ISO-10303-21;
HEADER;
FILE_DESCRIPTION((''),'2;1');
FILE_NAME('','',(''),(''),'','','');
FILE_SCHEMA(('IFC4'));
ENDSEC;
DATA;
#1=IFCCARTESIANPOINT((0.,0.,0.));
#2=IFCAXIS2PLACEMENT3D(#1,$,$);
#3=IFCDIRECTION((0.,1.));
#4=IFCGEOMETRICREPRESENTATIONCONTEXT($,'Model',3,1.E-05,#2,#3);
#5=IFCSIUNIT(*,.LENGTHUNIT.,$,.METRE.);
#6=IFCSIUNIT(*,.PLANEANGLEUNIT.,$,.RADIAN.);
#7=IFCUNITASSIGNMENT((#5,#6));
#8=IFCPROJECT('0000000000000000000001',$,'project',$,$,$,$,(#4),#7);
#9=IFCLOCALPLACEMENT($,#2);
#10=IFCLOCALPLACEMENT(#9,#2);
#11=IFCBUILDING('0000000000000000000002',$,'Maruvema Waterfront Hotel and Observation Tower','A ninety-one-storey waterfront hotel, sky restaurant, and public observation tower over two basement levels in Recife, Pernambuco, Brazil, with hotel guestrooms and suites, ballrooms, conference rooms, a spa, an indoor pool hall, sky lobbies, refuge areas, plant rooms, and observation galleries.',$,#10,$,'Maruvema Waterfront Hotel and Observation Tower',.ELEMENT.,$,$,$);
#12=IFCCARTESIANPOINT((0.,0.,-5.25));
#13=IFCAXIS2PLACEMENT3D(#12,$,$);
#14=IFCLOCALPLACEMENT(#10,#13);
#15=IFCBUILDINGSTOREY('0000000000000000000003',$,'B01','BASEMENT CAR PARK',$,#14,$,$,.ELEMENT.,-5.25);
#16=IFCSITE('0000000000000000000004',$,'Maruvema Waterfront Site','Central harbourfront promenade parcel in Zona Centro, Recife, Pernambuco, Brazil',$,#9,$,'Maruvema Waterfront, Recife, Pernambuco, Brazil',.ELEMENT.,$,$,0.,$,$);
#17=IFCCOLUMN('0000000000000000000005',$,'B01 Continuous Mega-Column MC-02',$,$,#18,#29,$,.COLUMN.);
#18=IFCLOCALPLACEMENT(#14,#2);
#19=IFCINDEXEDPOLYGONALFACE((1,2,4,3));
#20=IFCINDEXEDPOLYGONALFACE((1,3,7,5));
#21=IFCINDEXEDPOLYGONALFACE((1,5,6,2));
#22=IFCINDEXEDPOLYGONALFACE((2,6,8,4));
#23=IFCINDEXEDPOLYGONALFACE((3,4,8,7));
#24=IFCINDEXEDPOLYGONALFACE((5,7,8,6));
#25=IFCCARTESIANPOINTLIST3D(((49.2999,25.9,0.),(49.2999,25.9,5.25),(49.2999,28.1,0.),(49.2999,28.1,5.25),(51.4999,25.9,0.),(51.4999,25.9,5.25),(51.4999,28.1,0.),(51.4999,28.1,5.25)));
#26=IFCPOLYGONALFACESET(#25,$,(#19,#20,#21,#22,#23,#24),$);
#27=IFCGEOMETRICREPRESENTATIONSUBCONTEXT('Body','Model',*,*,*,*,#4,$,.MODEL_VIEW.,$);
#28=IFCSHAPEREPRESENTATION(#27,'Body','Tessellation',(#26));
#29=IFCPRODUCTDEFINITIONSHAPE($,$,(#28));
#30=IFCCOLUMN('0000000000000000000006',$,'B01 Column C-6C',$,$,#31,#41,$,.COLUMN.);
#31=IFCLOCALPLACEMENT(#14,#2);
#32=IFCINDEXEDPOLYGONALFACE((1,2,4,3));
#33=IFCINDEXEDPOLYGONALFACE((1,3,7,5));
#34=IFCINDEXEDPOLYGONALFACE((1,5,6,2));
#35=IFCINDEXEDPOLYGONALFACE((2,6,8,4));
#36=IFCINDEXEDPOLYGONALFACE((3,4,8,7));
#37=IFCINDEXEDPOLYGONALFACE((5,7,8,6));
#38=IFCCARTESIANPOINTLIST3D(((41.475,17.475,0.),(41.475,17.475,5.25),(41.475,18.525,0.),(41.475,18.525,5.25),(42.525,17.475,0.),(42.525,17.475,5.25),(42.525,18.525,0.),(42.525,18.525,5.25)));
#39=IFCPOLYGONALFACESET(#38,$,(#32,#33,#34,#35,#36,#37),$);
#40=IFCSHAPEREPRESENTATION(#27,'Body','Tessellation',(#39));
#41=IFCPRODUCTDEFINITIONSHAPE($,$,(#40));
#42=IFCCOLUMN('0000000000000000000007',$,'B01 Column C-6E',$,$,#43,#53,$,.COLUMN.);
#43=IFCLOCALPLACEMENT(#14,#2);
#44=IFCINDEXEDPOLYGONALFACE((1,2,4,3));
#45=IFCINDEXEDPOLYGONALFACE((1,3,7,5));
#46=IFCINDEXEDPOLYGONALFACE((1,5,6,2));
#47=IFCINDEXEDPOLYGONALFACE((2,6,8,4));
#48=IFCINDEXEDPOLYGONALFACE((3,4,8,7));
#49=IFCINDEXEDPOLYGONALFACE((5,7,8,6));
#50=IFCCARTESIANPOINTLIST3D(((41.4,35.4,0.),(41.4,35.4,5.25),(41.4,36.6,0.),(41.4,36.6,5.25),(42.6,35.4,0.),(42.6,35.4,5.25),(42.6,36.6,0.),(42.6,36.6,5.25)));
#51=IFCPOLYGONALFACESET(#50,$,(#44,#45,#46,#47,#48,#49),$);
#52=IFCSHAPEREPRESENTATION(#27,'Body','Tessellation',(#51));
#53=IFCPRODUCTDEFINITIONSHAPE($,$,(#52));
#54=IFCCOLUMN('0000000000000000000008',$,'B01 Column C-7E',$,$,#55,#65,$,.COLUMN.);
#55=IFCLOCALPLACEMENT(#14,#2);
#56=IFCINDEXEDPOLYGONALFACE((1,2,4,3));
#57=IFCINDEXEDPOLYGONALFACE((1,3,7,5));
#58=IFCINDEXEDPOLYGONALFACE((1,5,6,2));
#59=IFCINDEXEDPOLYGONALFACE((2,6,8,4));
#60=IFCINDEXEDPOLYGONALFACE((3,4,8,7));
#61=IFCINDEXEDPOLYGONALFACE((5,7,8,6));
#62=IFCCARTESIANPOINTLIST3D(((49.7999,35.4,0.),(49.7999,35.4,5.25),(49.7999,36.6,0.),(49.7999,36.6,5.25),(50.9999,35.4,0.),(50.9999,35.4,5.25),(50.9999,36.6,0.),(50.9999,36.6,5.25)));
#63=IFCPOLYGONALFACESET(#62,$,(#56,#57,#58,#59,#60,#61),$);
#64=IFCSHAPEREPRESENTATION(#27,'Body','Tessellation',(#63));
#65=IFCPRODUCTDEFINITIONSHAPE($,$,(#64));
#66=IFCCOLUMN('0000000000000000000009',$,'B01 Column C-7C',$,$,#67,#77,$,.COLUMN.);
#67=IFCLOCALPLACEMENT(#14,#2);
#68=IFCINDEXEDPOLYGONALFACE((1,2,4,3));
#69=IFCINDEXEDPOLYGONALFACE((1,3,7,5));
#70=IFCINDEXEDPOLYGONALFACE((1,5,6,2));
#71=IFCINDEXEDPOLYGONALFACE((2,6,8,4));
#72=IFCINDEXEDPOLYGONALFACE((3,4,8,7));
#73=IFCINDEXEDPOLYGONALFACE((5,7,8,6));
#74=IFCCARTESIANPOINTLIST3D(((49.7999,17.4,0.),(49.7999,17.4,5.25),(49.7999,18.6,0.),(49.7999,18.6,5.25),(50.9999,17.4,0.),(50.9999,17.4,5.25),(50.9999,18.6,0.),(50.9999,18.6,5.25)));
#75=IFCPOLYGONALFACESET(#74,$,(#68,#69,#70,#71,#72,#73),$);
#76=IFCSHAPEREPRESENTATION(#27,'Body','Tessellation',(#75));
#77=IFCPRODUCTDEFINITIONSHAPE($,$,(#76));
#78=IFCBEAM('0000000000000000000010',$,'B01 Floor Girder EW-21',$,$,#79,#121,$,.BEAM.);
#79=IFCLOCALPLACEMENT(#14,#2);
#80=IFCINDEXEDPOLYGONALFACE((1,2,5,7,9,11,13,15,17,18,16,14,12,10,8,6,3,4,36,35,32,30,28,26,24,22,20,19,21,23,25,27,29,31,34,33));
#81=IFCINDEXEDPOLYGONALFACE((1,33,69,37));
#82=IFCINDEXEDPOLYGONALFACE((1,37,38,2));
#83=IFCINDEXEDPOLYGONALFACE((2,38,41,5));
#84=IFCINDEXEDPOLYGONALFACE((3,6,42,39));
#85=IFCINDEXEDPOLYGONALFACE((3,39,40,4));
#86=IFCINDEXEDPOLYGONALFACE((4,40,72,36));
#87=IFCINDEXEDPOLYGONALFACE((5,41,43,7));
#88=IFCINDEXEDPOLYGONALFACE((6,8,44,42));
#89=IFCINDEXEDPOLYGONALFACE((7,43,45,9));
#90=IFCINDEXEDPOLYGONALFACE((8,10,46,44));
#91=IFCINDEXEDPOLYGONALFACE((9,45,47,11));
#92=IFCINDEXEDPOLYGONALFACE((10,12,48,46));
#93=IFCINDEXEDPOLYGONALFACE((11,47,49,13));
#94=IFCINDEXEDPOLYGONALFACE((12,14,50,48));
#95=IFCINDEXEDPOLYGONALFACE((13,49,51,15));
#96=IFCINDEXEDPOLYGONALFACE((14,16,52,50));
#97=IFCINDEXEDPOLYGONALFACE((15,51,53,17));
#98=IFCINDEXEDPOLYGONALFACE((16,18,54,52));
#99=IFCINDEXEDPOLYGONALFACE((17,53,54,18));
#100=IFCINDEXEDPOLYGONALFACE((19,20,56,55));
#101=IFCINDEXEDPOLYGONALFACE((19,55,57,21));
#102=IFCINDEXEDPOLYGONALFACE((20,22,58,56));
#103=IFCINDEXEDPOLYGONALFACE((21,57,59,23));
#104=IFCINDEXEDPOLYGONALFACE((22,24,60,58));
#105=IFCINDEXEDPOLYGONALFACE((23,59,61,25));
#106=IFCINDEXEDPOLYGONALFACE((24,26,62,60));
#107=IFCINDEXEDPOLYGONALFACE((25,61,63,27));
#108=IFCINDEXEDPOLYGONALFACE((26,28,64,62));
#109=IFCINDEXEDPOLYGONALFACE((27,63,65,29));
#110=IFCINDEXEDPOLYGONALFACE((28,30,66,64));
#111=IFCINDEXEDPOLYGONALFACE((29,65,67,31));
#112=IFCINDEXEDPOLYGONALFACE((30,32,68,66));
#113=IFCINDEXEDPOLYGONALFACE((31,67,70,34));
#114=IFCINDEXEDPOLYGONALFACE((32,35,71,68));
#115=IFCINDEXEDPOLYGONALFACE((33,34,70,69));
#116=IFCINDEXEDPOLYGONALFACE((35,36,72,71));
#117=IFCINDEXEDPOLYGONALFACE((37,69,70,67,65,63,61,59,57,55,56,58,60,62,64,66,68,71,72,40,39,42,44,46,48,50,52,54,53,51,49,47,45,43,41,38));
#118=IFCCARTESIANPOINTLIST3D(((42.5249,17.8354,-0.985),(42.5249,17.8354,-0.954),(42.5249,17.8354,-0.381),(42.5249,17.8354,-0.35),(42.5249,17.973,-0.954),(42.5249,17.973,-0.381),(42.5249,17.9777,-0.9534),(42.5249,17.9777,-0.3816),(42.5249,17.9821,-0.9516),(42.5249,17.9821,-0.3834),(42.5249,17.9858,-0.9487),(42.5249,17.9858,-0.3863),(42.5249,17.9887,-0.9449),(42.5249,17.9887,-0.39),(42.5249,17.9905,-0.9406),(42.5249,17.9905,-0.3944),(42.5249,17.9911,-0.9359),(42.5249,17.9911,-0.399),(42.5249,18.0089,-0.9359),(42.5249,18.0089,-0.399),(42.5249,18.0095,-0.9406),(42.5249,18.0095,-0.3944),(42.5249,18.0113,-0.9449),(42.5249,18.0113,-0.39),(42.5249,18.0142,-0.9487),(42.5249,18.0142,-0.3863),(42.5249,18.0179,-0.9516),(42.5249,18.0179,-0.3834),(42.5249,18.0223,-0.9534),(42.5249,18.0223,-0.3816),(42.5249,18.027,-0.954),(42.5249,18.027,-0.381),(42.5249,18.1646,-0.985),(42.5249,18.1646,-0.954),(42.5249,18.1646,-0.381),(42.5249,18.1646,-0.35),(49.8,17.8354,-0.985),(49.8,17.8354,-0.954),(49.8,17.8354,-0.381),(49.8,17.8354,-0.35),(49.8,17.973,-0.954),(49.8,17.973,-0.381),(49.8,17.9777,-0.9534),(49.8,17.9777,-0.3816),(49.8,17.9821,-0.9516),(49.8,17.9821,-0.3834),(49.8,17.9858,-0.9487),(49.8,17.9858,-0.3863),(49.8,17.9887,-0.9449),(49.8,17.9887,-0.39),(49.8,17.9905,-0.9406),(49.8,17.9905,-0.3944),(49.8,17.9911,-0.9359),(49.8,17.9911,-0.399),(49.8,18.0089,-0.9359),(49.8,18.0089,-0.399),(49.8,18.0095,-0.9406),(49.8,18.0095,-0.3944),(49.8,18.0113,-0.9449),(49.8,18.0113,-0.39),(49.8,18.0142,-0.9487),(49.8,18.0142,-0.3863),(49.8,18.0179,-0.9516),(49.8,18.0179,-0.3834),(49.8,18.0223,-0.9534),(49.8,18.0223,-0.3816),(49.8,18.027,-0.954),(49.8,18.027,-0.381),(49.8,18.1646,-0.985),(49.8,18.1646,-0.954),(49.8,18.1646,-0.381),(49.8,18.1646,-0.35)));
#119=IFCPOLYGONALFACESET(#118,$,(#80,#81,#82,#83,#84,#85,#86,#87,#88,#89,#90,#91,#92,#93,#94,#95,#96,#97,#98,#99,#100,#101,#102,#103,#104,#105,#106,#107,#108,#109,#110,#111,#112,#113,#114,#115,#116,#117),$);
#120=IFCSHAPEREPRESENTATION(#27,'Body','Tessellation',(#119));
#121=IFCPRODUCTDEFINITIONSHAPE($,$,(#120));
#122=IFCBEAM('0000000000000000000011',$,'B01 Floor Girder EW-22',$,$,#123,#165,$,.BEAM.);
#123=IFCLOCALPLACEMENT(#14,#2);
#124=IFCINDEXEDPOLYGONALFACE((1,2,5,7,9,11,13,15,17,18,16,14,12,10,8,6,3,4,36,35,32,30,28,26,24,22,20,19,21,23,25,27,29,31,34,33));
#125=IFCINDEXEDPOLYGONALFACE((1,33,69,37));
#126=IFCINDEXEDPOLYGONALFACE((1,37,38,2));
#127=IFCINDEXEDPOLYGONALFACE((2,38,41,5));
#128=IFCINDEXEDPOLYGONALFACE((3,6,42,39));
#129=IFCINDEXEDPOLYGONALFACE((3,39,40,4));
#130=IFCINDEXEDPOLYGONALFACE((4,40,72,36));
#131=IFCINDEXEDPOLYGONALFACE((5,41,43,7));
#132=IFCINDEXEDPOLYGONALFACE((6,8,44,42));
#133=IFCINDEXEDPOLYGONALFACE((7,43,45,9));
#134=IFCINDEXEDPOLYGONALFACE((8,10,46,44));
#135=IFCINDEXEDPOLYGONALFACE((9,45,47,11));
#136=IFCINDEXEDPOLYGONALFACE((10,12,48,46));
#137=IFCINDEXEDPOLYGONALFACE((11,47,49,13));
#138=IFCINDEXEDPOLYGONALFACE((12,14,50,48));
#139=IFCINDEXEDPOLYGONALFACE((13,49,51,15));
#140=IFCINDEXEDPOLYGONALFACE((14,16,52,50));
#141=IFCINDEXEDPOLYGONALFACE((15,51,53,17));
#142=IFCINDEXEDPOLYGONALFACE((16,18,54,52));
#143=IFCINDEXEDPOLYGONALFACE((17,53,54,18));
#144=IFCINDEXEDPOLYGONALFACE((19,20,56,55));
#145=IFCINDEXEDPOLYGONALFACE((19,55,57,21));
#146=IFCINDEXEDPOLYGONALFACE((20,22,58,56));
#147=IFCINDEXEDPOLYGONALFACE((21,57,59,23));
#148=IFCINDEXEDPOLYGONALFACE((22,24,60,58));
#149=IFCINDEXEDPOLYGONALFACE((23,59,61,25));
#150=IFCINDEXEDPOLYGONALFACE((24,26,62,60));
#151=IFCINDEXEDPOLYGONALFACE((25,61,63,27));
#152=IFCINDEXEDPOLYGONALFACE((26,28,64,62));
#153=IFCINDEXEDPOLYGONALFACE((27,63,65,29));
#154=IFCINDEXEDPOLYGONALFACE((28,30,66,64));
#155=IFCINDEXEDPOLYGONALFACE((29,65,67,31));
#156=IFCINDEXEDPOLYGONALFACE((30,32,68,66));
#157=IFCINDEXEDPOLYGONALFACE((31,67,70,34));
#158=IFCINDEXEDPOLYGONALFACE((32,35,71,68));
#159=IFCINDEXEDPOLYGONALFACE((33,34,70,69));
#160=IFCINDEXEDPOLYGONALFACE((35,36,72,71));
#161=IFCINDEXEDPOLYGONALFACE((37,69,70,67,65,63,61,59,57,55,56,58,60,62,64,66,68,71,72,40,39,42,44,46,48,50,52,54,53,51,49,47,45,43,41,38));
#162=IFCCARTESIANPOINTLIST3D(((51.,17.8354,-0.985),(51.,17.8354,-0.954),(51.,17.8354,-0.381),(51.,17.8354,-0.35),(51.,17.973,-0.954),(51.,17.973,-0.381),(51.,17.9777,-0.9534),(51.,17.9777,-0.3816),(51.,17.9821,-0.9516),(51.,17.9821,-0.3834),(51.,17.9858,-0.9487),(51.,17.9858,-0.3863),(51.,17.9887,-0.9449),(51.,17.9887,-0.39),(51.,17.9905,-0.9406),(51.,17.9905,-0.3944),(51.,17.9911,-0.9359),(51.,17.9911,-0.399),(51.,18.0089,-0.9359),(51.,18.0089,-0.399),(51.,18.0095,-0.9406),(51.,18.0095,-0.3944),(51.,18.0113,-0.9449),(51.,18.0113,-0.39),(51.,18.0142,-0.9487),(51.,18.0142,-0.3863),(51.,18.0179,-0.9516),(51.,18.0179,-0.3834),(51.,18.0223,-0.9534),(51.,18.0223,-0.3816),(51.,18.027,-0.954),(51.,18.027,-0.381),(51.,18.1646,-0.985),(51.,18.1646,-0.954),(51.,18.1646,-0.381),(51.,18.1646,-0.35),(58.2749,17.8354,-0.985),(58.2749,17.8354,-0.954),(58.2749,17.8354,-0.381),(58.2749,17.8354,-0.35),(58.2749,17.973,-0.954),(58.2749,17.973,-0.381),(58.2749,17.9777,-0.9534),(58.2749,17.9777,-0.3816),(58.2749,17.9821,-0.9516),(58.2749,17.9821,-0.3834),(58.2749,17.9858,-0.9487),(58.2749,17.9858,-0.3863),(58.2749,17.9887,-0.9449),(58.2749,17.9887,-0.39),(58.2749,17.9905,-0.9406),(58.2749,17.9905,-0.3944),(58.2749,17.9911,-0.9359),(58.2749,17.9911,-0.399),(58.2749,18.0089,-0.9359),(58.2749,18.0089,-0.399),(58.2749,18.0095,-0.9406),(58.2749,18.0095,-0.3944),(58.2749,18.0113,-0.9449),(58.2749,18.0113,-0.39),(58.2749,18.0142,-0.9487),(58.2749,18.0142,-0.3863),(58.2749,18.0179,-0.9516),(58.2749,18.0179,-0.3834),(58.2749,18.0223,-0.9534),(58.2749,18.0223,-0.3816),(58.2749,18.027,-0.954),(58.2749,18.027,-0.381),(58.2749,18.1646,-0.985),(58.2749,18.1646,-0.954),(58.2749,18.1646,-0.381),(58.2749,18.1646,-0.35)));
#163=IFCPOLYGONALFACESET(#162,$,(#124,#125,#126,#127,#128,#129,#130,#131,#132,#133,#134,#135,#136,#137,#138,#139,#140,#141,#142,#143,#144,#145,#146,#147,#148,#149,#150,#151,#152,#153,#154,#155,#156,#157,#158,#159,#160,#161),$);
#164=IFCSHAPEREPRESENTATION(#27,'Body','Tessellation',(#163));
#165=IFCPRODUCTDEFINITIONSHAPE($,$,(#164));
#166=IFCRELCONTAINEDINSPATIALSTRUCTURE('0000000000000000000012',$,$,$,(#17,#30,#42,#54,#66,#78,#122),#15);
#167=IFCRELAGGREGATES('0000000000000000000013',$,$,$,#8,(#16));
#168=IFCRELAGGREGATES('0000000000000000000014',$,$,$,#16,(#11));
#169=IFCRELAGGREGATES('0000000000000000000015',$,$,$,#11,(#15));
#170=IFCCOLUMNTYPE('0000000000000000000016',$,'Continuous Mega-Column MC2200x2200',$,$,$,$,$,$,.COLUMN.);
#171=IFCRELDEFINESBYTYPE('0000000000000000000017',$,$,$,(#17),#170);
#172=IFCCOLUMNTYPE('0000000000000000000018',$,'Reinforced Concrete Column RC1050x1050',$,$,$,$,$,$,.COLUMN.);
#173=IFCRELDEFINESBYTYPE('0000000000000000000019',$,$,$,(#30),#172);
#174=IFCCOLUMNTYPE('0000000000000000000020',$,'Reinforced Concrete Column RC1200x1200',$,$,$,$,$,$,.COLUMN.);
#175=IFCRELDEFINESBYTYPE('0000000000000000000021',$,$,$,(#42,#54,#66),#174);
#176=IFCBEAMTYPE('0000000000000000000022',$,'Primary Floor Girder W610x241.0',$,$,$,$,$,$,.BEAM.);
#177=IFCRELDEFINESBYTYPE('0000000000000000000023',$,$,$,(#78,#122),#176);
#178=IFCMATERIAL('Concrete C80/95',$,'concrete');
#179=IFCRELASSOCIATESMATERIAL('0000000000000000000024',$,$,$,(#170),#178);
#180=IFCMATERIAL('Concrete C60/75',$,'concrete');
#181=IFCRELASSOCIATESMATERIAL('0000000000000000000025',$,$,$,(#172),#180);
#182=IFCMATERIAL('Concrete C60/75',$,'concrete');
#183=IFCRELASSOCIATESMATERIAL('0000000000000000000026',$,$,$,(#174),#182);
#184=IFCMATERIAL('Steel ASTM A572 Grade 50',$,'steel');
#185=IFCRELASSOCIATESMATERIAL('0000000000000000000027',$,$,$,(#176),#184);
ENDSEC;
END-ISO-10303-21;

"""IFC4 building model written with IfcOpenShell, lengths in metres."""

from ifc_helpers import new_model, si_unit, direction, frame, origin, origin_2d, place, context, subcontext, project, spatial, rectangle, i_section, extrude, material, material_profile, profile_set, type_object, element, save


model = new_model("IFC4")

# Units and contexts
model_context = context("Model", 3, precision=1e-05, world=origin(), true_north=direction((0.0, 1.0)))
body_context = subcontext(model_context, "Body", "Model", "MODEL_VIEW")
ifc_project = project(units=[si_unit("LENGTHUNIT", "METRE"), si_unit("PLANEANGLEUNIT", "RADIAN")], contexts=[model_context])

# Site, building, storey
site_placement = place(None, origin())
site = spatial("IfcSite", under=ifc_project, at=site_placement, Name="Maruvema Waterfront Site", Description="Central harbourfront promenade parcel in Zona Centro, Recife, Pernambuco, Brazil", LongName="Maruvema Waterfront, Recife, Pernambuco, Brazil", CompositionType="ELEMENT", RefElevation=0.0)
building_placement = place(site_placement, origin())
building = spatial("IfcBuilding", under=site, at=building_placement, Name="Maruvema Waterfront Hotel and Observation Tower", Description="A ninety-one-storey waterfront hotel, sky restaurant, and public observation tower over two basement levels in Recife, Pernambuco, Brazil, with hotel guestrooms and suites, ballrooms, conference rooms, a spa, an indoor pool hall, sky lobbies, refuge areas, plant rooms, and observation galleries.", LongName="Maruvema Waterfront Hotel and Observation Tower", CompositionType="ELEMENT")
storey_placement = place(building_placement, frame((0.0, 0.0, -5.25)))
storey = spatial("IfcBuildingStorey", under=building, at=storey_placement, Name="B01", Description="BASEMENT CAR PARK", CompositionType="ELEMENT", Elevation=-5.25)

# Columns
ifc_material_1 = material(Name="Concrete C80/95", Category="concrete")
ifc_material_profile_1 = material_profile(ifc_material_1, rectangle(XDim=2.2, YDim=2.2, at=origin_2d()), Name="MC2200x2200")
ifc_profile_set_1 = profile_set([ifc_material_profile_1], Name="Concrete C80/95")
column_type_1 = type_object("IfcColumnType", Name="Continuous Mega-Column MC2200x2200", PredefinedType="COLUMN", material=ifc_profile_set_1)
column_1_placement = place(storey_placement, frame((50.3999, 27.0, 0.0), z_axis=(0.0, 0.0, 1.0), x_axis=(1.0, 0.0, 0.0)))
element("IfcColumn", 1, at=column_1_placement, inside=storey, type_object=column_type_1, Name="B01 Continuous Mega-Column MC-02", PredefinedType="COLUMN", context=body_context, shape_type="SweptSolid", body=[
    extrude(rectangle(XDim=2.2, YDim=2.2, at=origin_2d()), origin(), (0.0, 0.0, 1.0), 5.25),
])
ifc_material_2 = material(Name="Concrete C60/75", Category="concrete")
ifc_material_profile_2 = material_profile(ifc_material_2, rectangle(XDim=1.05, YDim=1.05, at=origin_2d()), Name="RC1050x1050")
ifc_profile_set_2 = profile_set([ifc_material_profile_2], Name="Concrete C60/75")
column_type_2 = type_object("IfcColumnType", Name="Reinforced Concrete Column RC1050x1050", PredefinedType="COLUMN", material=ifc_profile_set_2)
column_2_placement = place(storey_placement, frame((42.0, 18.0, 0.0), z_axis=(0.0, 0.0, 1.0), x_axis=(1.0, 0.0, 0.0)))
element("IfcColumn", 2, at=column_2_placement, inside=storey, type_object=column_type_2, Name="B01 Column C-6C", PredefinedType="COLUMN", context=body_context, shape_type="SweptSolid", body=[
    extrude(rectangle(XDim=1.05, YDim=1.05, at=origin_2d()), origin(), (0.0, 0.0, 1.0), 5.25),
])
ifc_material_3 = material(Name="Concrete C60/75", Category="concrete")
ifc_material_profile_3 = material_profile(ifc_material_3, rectangle(XDim=1.2, YDim=1.2, at=origin_2d()), Name="RC1200x1200")
ifc_profile_set_3 = profile_set([ifc_material_profile_3], Name="Concrete C60/75")
column_type_3 = type_object("IfcColumnType", Name="Reinforced Concrete Column RC1200x1200", PredefinedType="COLUMN", material=ifc_profile_set_3)
for number, where, z_axis, x_axis, name in (
    (3, (42.0, 36.0, 0.0), (0.0, 0.0, 1.0), (1.0, 0.0, 0.0), "B01 Column C-6E"),
    (4, (50.3999, 36.0, 0.0), (0.0, 0.0, 1.0), (1.0, 0.0, 0.0), "B01 Column C-7E"),
    (5, (50.3999, 18.0, 0.0), (0.0, 0.0, 1.0), (1.0, 0.0, 0.0), "B01 Column C-7C"),
):
    element("IfcColumn", number, at=place(storey_placement, frame(where, z_axis=z_axis, x_axis=x_axis)), inside=storey, type_object=column_type_3, Name=name, PredefinedType="COLUMN", context=body_context, shape_type="SweptSolid", body=[
        extrude(rectangle(XDim=1.2, YDim=1.2, at=origin_2d()), origin(), (0.0, 0.0, 1.0), 5.25),
    ])

# Beams
ifc_material_4 = material(Name="Steel ASTM A572 Grade 50", Category="steel")
ifc_material_profile_4 = material_profile(ifc_material_4, i_section(OverallWidth=0.3291, OverallDepth=0.635, WebThickness=0.0178, FlangeThickness=0.031, FilletRadius=0.0181, at=origin_2d()), Name="W610x241.0")
ifc_profile_set_4 = profile_set([ifc_material_profile_4], Name="Steel ASTM A572 Grade 50")
beam_type = type_object("IfcBeamType", Name="Primary Floor Girder W610x241.0", PredefinedType="BEAM", material=ifc_profile_set_4)
beam_1_placement = place(storey_placement, frame((42.5249, 18.0, -0.6675), z_axis=(1.0, 0.0, 0.0), x_axis=(0.0, 1.0, 0.0)))
element("IfcBeam", 6, at=beam_1_placement, inside=storey, type_object=beam_type, Name="B01 Floor Girder EW-21", PredefinedType="BEAM", context=body_context, shape_type="SweptSolid", body=[
    extrude(i_section(OverallWidth=0.3291, OverallDepth=0.635, WebThickness=0.0178, FlangeThickness=0.031, FilletRadius=0.0181, at=origin_2d()), origin(), (0.0, 0.0, 1.0), 7.2751),
])
beam_2_placement = place(storey_placement, frame((51.0, 18.0, -0.6675), z_axis=(1.0, 0.0, 0.0), x_axis=(0.0, 1.0, 0.0)))
element("IfcBeam", 7, at=beam_2_placement, inside=storey, type_object=beam_type, Name="B01 Floor Girder EW-22", PredefinedType="BEAM", context=body_context, shape_type="SweptSolid", body=[
    extrude(i_section(OverallWidth=0.3291, OverallDepth=0.635, WebThickness=0.0178, FlangeThickness=0.031, FilletRadius=0.0181, at=origin_2d()), origin(), (0.0, 0.0, 1.0), 7.2749),
])

save(model, "model.ifc")
